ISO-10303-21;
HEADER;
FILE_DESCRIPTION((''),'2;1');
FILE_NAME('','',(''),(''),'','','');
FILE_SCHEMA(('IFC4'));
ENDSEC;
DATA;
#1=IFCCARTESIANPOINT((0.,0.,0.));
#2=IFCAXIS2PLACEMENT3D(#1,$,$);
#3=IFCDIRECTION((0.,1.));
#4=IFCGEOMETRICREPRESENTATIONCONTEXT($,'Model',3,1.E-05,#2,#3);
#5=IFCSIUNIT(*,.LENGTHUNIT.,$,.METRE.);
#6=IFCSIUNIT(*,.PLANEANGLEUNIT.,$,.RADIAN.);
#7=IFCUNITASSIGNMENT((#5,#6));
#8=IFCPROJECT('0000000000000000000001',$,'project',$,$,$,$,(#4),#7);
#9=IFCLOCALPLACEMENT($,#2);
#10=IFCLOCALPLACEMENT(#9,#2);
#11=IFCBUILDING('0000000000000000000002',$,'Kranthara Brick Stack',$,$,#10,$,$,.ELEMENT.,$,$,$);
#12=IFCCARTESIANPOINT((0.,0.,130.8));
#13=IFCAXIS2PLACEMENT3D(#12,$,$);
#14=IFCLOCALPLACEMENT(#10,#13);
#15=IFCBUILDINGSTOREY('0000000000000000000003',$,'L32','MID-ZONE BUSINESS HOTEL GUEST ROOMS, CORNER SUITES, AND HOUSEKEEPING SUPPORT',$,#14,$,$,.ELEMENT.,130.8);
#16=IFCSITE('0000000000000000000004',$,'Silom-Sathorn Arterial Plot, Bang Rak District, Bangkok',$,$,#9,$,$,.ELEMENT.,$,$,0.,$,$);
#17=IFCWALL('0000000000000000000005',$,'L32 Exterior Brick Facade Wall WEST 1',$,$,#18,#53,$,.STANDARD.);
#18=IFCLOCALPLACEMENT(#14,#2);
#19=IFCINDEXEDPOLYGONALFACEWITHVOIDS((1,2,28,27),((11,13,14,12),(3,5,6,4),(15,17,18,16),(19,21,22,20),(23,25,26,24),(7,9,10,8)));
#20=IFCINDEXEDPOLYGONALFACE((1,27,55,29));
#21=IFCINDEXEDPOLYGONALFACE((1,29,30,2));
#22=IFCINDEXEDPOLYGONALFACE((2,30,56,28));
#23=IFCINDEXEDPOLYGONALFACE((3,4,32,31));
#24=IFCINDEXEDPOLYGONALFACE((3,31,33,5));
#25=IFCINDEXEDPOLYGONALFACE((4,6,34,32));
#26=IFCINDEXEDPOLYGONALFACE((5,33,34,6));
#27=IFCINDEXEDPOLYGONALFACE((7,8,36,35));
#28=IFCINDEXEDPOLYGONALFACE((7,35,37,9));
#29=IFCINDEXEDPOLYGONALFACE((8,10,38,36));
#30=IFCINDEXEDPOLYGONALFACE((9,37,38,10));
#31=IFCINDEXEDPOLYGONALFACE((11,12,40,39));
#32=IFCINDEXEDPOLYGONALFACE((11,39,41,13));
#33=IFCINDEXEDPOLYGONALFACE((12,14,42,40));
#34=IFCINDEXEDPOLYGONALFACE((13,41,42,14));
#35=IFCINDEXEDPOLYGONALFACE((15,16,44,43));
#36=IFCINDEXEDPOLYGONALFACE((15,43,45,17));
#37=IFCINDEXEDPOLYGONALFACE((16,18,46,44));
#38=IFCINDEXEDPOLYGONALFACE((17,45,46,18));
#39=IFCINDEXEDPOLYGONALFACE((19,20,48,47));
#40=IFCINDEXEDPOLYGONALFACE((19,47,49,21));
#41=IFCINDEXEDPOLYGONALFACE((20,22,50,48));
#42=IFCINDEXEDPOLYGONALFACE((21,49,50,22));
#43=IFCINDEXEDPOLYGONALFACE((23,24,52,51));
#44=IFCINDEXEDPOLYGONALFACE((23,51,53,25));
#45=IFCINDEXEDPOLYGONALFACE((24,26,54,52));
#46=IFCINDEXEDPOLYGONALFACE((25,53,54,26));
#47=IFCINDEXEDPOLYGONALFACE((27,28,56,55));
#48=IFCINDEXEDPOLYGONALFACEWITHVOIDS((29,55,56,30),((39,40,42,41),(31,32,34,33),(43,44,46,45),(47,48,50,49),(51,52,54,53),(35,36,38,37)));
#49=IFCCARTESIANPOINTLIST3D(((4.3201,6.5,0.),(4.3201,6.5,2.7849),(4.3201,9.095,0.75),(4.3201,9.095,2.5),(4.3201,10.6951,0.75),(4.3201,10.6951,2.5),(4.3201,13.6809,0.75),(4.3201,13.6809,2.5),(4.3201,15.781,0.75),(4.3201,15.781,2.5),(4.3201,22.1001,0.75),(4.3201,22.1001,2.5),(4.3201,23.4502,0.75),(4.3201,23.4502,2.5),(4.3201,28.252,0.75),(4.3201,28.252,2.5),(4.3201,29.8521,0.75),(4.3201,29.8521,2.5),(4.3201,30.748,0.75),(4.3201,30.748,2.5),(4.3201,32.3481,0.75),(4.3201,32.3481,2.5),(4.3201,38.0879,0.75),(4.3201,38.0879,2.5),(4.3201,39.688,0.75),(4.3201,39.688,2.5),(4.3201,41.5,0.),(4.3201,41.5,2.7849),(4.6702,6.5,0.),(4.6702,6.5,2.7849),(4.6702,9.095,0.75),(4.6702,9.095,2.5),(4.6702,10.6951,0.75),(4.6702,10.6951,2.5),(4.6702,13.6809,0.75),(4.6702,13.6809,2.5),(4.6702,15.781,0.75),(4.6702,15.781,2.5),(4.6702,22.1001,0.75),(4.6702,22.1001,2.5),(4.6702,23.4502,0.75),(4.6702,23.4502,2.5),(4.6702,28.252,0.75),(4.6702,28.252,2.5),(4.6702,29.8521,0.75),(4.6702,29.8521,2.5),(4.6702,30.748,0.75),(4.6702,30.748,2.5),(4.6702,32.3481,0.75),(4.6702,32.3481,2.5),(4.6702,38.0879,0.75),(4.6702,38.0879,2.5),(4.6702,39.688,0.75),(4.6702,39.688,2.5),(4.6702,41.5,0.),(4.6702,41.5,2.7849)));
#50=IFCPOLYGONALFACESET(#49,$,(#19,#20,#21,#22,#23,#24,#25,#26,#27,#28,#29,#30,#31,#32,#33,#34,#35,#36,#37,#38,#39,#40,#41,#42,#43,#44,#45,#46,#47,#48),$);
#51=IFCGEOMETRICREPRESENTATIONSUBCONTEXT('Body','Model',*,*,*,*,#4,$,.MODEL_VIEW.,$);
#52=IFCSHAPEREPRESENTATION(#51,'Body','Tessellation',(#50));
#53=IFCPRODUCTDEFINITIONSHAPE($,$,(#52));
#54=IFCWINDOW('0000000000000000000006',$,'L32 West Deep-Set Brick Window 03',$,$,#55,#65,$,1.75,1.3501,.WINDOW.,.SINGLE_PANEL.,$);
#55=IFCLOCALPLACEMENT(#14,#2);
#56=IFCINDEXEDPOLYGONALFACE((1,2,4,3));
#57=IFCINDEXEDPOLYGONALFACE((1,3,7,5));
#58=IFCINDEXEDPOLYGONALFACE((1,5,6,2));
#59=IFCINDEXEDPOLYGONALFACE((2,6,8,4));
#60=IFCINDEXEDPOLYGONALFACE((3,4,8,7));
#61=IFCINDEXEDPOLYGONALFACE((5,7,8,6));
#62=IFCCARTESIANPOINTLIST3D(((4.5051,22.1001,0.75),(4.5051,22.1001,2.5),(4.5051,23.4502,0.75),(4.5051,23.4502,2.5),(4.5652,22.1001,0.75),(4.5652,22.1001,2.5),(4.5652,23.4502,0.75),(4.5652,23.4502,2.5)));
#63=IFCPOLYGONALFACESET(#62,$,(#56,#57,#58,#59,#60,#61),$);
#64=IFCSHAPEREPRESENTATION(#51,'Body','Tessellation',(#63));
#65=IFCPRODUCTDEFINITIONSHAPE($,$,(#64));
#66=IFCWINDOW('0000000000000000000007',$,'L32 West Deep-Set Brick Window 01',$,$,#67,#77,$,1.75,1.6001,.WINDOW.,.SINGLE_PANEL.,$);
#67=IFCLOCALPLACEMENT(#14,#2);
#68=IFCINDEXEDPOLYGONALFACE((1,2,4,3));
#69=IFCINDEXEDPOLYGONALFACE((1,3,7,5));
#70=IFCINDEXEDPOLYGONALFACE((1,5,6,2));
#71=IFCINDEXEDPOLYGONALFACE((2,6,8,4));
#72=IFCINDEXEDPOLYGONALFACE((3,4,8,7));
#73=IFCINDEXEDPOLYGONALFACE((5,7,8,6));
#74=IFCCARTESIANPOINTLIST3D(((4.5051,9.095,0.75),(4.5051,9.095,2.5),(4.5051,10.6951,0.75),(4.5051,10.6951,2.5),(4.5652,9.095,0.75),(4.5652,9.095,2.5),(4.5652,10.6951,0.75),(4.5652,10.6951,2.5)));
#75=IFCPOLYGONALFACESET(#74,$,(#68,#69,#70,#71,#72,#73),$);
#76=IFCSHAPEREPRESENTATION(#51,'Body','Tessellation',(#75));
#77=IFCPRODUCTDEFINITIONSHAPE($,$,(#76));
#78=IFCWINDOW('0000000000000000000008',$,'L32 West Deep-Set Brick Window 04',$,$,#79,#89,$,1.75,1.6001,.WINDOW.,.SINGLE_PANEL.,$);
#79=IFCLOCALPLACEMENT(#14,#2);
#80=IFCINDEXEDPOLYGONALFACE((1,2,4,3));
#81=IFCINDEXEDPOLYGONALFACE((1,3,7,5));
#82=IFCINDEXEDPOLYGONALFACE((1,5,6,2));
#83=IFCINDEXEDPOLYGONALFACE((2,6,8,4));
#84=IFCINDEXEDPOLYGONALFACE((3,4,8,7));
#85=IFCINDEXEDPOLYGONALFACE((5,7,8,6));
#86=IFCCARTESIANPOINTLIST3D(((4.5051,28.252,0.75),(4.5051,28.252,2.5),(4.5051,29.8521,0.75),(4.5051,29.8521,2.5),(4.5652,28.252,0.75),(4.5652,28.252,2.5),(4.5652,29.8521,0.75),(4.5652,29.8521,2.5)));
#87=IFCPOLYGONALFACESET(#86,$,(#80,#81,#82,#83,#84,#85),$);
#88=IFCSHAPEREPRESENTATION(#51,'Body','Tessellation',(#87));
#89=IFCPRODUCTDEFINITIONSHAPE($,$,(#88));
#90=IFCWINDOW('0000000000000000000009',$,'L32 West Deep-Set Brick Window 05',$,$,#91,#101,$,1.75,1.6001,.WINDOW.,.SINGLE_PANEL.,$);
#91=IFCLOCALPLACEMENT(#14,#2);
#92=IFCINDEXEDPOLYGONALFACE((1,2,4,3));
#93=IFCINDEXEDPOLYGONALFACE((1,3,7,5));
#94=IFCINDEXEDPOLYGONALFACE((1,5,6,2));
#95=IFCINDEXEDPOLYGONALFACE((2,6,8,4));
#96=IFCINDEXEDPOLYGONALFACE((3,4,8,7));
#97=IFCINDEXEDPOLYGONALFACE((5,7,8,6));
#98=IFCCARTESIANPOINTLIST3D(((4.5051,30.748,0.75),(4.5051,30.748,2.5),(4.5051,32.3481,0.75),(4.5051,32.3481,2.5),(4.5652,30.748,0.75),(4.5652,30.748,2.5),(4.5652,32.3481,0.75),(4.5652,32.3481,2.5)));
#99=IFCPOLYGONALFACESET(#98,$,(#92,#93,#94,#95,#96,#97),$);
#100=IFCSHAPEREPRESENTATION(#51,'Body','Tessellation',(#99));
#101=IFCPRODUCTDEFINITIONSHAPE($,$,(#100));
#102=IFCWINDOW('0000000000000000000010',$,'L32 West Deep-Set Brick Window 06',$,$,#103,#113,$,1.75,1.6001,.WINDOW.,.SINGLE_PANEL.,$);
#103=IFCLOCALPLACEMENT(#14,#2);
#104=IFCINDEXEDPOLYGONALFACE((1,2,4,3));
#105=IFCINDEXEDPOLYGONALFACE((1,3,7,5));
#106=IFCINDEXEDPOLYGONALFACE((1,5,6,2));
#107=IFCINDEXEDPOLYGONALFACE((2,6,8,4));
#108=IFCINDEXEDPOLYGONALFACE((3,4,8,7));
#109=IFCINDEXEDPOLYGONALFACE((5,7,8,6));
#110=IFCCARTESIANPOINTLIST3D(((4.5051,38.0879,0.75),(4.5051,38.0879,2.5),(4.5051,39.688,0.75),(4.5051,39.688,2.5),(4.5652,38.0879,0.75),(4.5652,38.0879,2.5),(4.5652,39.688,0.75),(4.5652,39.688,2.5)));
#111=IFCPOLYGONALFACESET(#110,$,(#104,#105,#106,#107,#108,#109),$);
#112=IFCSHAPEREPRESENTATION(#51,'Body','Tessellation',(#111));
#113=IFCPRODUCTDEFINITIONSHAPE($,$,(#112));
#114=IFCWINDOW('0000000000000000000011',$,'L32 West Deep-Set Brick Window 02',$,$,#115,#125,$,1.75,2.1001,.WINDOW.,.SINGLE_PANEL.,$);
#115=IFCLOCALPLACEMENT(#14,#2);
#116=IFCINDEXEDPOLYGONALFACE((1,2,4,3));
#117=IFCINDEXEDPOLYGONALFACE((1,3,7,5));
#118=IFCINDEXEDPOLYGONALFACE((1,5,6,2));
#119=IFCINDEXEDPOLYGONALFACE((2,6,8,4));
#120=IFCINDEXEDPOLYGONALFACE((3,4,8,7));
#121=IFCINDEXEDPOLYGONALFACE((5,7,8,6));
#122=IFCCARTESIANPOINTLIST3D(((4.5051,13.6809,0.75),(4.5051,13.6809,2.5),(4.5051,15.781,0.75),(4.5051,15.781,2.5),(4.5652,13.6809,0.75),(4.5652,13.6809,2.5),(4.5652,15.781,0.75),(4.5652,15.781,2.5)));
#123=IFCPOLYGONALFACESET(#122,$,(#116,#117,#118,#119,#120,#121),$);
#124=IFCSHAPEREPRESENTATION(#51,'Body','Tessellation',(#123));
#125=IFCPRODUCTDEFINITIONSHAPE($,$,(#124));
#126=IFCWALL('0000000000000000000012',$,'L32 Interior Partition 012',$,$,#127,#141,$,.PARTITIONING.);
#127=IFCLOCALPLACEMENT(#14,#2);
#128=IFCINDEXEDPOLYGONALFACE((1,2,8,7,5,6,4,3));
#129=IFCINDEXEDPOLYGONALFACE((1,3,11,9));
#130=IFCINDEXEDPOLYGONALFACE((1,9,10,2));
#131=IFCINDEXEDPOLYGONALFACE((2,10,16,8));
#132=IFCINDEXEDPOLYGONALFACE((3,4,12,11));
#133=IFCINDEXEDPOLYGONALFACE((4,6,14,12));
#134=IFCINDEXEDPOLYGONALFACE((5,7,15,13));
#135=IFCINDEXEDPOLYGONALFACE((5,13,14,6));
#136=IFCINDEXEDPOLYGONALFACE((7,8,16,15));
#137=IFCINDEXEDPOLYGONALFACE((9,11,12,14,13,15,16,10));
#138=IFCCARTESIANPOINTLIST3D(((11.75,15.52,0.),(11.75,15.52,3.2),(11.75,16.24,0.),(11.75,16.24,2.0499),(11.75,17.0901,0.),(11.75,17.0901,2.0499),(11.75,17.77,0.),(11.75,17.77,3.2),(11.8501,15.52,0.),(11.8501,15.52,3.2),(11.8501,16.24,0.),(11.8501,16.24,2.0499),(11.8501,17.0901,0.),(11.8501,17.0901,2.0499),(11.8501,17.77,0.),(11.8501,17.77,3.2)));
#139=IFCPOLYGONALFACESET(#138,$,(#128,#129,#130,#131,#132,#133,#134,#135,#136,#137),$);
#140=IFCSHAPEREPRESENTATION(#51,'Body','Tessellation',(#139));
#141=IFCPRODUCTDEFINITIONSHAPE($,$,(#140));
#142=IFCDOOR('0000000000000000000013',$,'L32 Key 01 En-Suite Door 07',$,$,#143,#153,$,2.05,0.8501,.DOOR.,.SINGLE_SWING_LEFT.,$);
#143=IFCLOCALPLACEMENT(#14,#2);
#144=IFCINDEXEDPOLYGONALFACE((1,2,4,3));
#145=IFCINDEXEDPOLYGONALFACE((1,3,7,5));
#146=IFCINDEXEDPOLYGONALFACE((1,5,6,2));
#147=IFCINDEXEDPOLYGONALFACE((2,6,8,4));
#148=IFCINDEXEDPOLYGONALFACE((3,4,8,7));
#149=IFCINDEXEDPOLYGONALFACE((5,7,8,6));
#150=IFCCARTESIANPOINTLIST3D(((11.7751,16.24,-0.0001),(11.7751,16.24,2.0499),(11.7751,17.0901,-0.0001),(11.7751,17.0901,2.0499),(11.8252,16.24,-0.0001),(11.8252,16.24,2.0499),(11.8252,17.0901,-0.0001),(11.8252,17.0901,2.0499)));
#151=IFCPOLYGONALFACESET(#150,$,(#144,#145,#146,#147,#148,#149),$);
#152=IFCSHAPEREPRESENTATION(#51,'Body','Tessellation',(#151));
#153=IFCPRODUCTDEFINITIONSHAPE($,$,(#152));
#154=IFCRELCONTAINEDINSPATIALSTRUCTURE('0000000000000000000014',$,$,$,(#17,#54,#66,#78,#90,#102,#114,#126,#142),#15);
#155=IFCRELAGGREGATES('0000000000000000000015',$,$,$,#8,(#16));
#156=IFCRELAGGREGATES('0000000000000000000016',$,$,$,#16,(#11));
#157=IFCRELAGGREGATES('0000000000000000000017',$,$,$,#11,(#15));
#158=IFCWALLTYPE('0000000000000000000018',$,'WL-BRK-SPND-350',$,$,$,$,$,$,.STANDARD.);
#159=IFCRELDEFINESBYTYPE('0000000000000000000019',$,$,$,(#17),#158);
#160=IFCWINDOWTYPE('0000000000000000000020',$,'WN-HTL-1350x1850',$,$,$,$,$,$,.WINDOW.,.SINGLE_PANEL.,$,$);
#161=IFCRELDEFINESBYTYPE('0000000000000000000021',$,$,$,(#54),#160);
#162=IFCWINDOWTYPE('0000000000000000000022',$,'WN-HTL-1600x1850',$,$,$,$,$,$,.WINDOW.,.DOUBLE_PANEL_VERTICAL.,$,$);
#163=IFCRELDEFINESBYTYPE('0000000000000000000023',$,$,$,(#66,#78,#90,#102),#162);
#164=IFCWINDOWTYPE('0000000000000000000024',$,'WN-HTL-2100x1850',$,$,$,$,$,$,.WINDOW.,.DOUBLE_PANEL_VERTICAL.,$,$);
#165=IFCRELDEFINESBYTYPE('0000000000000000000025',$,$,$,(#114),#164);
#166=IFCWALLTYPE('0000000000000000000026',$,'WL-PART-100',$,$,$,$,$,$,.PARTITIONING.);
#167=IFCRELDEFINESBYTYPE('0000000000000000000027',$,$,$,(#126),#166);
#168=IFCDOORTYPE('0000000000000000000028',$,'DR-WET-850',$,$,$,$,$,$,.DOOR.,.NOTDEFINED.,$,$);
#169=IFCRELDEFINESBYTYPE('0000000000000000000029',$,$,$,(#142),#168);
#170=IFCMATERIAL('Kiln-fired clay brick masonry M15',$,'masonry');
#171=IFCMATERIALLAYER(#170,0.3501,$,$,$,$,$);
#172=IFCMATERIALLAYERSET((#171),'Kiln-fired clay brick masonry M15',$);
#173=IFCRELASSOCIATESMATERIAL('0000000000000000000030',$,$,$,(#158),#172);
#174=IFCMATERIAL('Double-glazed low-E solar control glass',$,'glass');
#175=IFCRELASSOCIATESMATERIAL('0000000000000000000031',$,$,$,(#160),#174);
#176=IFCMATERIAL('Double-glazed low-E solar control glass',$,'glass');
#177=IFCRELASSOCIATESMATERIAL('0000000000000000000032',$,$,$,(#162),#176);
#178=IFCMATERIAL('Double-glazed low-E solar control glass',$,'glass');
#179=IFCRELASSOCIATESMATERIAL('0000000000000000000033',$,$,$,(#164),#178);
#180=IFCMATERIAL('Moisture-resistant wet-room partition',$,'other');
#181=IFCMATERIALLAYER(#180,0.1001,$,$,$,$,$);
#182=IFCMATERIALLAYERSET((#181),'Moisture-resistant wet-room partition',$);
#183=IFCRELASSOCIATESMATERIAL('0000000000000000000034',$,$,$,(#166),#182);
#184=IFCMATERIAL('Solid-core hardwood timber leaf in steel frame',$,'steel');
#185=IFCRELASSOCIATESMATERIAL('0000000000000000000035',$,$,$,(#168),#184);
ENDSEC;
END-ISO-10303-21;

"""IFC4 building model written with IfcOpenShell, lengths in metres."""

from ifc_helpers import new_model, si_unit, direction, frame, frame_2d, origin, place, context, subcontext, project, spatial, rectangle, extrude, material, layer, layer_set, type_object, element, fill, save


model = new_model("IFC4")

# Units and contexts
model_context = context("Model", 3, precision=1e-05, world=origin(), true_north=direction((0.0, 1.0)))
body_context = subcontext(model_context, "Body", "Model", "MODEL_VIEW")
ifc_project = project(units=[si_unit("LENGTHUNIT", "METRE"), si_unit("PLANEANGLEUNIT", "RADIAN")], contexts=[model_context])

# Site, building, storey
site_placement = place(None, origin())
site = spatial("IfcSite", under=ifc_project, at=site_placement, Name="Silom-Sathorn Arterial Plot, Bang Rak District, Bangkok", CompositionType="ELEMENT", RefElevation=0.0)
building_placement = place(site_placement, origin())
building = spatial("IfcBuilding", under=site, at=building_placement, Name="Kranthara Brick Stack", CompositionType="ELEMENT")
storey_placement = place(building_placement, frame((0.0, 0.0, 130.8)))
storey = spatial("IfcBuildingStorey", under=building, at=storey_placement, Name="L32", Description="MID-ZONE BUSINESS HOTEL GUEST ROOMS, CORNER SUITES, AND HOUSEKEEPING SUPPORT", CompositionType="ELEMENT", Elevation=130.8)

# Wall, openings, windows
ifc_material_1 = material(Name="Kiln-fired clay brick masonry M15", Category="masonry")
ifc_layer_1 = layer(ifc_material_1, 0.3501)
ifc_layer_set_1 = layer_set([ifc_layer_1], Name="Kiln-fired clay brick masonry M15")
wall_type_1 = type_object("IfcWallType", Name="WL-BRK-SPND-350", PredefinedType="STANDARD", material=ifc_layer_set_1)
wall_1_placement = place(storey_placement, frame((4.4951, 6.5, 0.0), z_axis=(0.0, 0.0, 1.0), x_axis=(0.0, 1.0, 0.0)))
wall_1 = element("IfcWall", 1, at=wall_1_placement, inside=storey, type_object=wall_type_1, Name="L32 Exterior Brick Facade Wall WEST 1", PredefinedType="STANDARD", context=body_context, shape_type="SweptSolid", body=[
    extrude(rectangle(XDim=35.0, YDim=0.3501, at=frame_2d((17.5, 0.0))), origin(), (0.0, 0.0, 1.0), 2.7849),
])
opening_1_placement = place(wall_1_placement, frame((2.595, 0.0, 0.75)))
opening_1 = element("IfcOpeningElement", 2, at=opening_1_placement, cuts=wall_1, PredefinedType="OPENING", context=body_context, shape_type="SweptSolid", body=[
    extrude(rectangle(XDim=1.6001, YDim=1.75, at=frame_2d((0.8, 0.875))), frame((0.0, 0.1851, 0.0), z_axis=(0.0, -1.0, 0.0), x_axis=(1.0, 0.0, 0.0)), (0.0, 0.0, 1.0), 0.3701),
])
opening_2_placement = place(wall_1_placement, frame((7.1809, 0.0, 0.75)))
opening_2 = element("IfcOpeningElement", 3, at=opening_2_placement, cuts=wall_1, PredefinedType="OPENING", context=body_context, shape_type="SweptSolid", body=[
    extrude(rectangle(XDim=2.1001, YDim=1.75, at=frame_2d((1.05, 0.875))), frame((0.0, 0.1851, 0.0), z_axis=(0.0, -1.0, 0.0), x_axis=(1.0, 0.0, 0.0)), (0.0, 0.0, 1.0), 0.3701),
])
opening_3_placement = place(wall_1_placement, frame((15.6001, 0.0, 0.75)))
opening_3 = element("IfcOpeningElement", 4, at=opening_3_placement, cuts=wall_1, PredefinedType="OPENING", context=body_context, shape_type="SweptSolid", body=[
    extrude(rectangle(XDim=1.3501, YDim=1.75, at=frame_2d((0.675, 0.875))), frame((0.0, 0.1851, 0.0), z_axis=(0.0, -1.0, 0.0), x_axis=(1.0, 0.0, 0.0)), (0.0, 0.0, 1.0), 0.3701),
])
opening_4_placement = place(wall_1_placement, frame((21.752, 0.0, 0.75)))
opening_4 = element("IfcOpeningElement", 5, at=opening_4_placement, cuts=wall_1, PredefinedType="OPENING", context=body_context, shape_type="SweptSolid", body=[
    extrude(rectangle(XDim=1.6001, YDim=1.75, at=frame_2d((0.8, 0.875))), frame((0.0, 0.1851, 0.0), z_axis=(0.0, -1.0, 0.0), x_axis=(1.0, 0.0, 0.0)), (0.0, 0.0, 1.0), 0.3701),
])
opening_5_placement = place(wall_1_placement, frame((24.248, 0.0, 0.75)))
opening_5 = element("IfcOpeningElement", 6, at=opening_5_placement, cuts=wall_1, PredefinedType="OPENING", context=body_context, shape_type="SweptSolid", body=[
    extrude(rectangle(XDim=1.6001, YDim=1.75, at=frame_2d((0.8, 0.875))), frame((0.0, 0.1851, 0.0), z_axis=(0.0, -1.0, 0.0), x_axis=(1.0, 0.0, 0.0)), (0.0, 0.0, 1.0), 0.3701),
])
opening_6_placement = place(wall_1_placement, frame((31.5879, 0.0, 0.75)))
opening_6 = element("IfcOpeningElement", 7, at=opening_6_placement, cuts=wall_1, PredefinedType="OPENING", context=body_context, shape_type="SweptSolid", body=[
    extrude(rectangle(XDim=1.6001, YDim=1.75, at=frame_2d((0.8, 0.875))), frame((0.0, 0.1851, 0.0), z_axis=(0.0, -1.0, 0.0), x_axis=(1.0, 0.0, 0.0)), (0.0, 0.0, 1.0), 0.3701),
])
ifc_material_2 = material(Name="Double-glazed low-E solar control glass", Category="glass")
window_type_1 = type_object("IfcWindowType", Name="WN-HTL-1350x1850", PartitioningType="SINGLE_PANEL", PredefinedType="WINDOW", material=ifc_material_2)
window_1_placement = place(opening_3_placement, origin())
window_1 = element("IfcWindow", 8, at=window_1_placement, inside=storey, type_object=window_type_1, Name="L32 West Deep-Set Brick Window 03", OverallHeight=1.75, OverallWidth=1.3501, PartitioningType="SINGLE_PANEL", PredefinedType="WINDOW", context=body_context, shape_type="SweptSolid", body=[
    extrude(rectangle(XDim=1.3501, YDim=1.75, at=frame_2d((0.675, 0.875))), frame((0.0, -0.01, 0.0), z_axis=(0.0, -1.0, 0.0), x_axis=(1.0, 0.0, 0.0)), (0.0, 0.0, 1.0), 0.0601),
])
fill(opening_3, window_1)
ifc_material_3 = material(Name="Double-glazed low-E solar control glass", Category="glass")
window_type_2 = type_object("IfcWindowType", Name="WN-HTL-1600x1850", PartitioningType="DOUBLE_PANEL_VERTICAL", PredefinedType="WINDOW", material=ifc_material_3)
window_2_placement = place(opening_1_placement, origin())
window_2 = element("IfcWindow", 9, at=window_2_placement, inside=storey, type_object=window_type_2, Name="L32 West Deep-Set Brick Window 01", OverallHeight=1.75, OverallWidth=1.6001, PartitioningType="SINGLE_PANEL", PredefinedType="WINDOW", context=body_context, shape_type="SweptSolid", body=[
    extrude(rectangle(XDim=1.6001, YDim=1.75, at=frame_2d((0.8, 0.875))), frame((0.0, -0.01, 0.0), z_axis=(0.0, -1.0, 0.0), x_axis=(1.0, 0.0, 0.0)), (0.0, 0.0, 1.0), 0.0601),
])
fill(opening_1, window_2)
window_3_placement = place(opening_4_placement, origin())
window_3 = element("IfcWindow", 10, at=window_3_placement, inside=storey, type_object=window_type_2, Name="L32 West Deep-Set Brick Window 04", OverallHeight=1.75, OverallWidth=1.6001, PartitioningType="SINGLE_PANEL", PredefinedType="WINDOW", context=body_context, shape_type="SweptSolid", body=[
    extrude(rectangle(XDim=1.6001, YDim=1.75, at=frame_2d((0.8, 0.875))), frame((0.0, -0.01, 0.0), z_axis=(0.0, -1.0, 0.0), x_axis=(1.0, 0.0, 0.0)), (0.0, 0.0, 1.0), 0.0601),
])
fill(opening_4, window_3)
window_4_placement = place(opening_5_placement, origin())
window_4 = element("IfcWindow", 11, at=window_4_placement, inside=storey, type_object=window_type_2, Name="L32 West Deep-Set Brick Window 05", OverallHeight=1.75, OverallWidth=1.6001, PartitioningType="SINGLE_PANEL", PredefinedType="WINDOW", context=body_context, shape_type="SweptSolid", body=[
    extrude(rectangle(XDim=1.6001, YDim=1.75, at=frame_2d((0.8, 0.875))), frame((0.0, -0.01, 0.0), z_axis=(0.0, -1.0, 0.0), x_axis=(1.0, 0.0, 0.0)), (0.0, 0.0, 1.0), 0.0601),
])
fill(opening_5, window_4)
window_5_placement = place(opening_6_placement, origin())
window_5 = element("IfcWindow", 12, at=window_5_placement, inside=storey, type_object=window_type_2, Name="L32 West Deep-Set Brick Window 06", OverallHeight=1.75, OverallWidth=1.6001, PartitioningType="SINGLE_PANEL", PredefinedType="WINDOW", context=body_context, shape_type="SweptSolid", body=[
    extrude(rectangle(XDim=1.6001, YDim=1.75, at=frame_2d((0.8, 0.875))), frame((0.0, -0.01, 0.0), z_axis=(0.0, -1.0, 0.0), x_axis=(1.0, 0.0, 0.0)), (0.0, 0.0, 1.0), 0.0601),
])
fill(opening_6, window_5)
ifc_material_4 = material(Name="Double-glazed low-E solar control glass", Category="glass")
window_type_3 = type_object("IfcWindowType", Name="WN-HTL-2100x1850", PartitioningType="DOUBLE_PANEL_VERTICAL", PredefinedType="WINDOW", material=ifc_material_4)
window_6_placement = place(opening_2_placement, origin())
window_6 = element("IfcWindow", 13, at=window_6_placement, inside=storey, type_object=window_type_3, Name="L32 West Deep-Set Brick Window 02", OverallHeight=1.75, OverallWidth=2.1001, PartitioningType="SINGLE_PANEL", PredefinedType="WINDOW", context=body_context, shape_type="SweptSolid", body=[
    extrude(rectangle(XDim=2.1001, YDim=1.75, at=frame_2d((1.05, 0.875))), frame((0.0, -0.01, 0.0), z_axis=(0.0, -1.0, 0.0), x_axis=(1.0, 0.0, 0.0)), (0.0, 0.0, 1.0), 0.0601),
])
fill(opening_2, window_6)

# Wall, opening, door
ifc_material_5 = material(Name="Moisture-resistant wet-room partition", Category="other")
ifc_layer_2 = layer(ifc_material_5, 0.1001)
ifc_layer_set_2 = layer_set([ifc_layer_2], Name="Moisture-resistant wet-room partition")
wall_type_2 = type_object("IfcWallType", Name="WL-PART-100", PredefinedType="PARTITIONING", material=ifc_layer_set_2)
wall_2_placement = place(storey_placement, frame((11.8, 15.52, 0.0), z_axis=(0.0, 0.0, 1.0), x_axis=(0.0, 1.0, 0.0)))
wall_2 = element("IfcWall", 14, at=wall_2_placement, inside=storey, type_object=wall_type_2, Name="L32 Interior Partition 012", PredefinedType="PARTITIONING", context=body_context, shape_type="SweptSolid", body=[
    extrude(rectangle(XDim=2.25, YDim=0.1001, at=frame_2d((1.125, 0.0))), origin(), (0.0, 0.0, 1.0), 3.2),
])
opening_7_placement = place(wall_2_placement, frame((0.72, 0.0, 0.0)))
opening_7 = element("IfcOpeningElement", 15, at=opening_7_placement, cuts=wall_2, PredefinedType="OPENING", context=body_context, shape_type="SweptSolid", body=[
    extrude(rectangle(XDim=0.8501, YDim=2.05, at=frame_2d((0.425, 1.0249))), frame((0.0, 0.0601, 0.0), z_axis=(0.0, -1.0, 0.0), x_axis=(1.0, 0.0, 0.0)), (0.0, 0.0, 1.0), 0.1201),
])
ifc_material_6 = material(Name="Solid-core hardwood timber leaf in steel frame", Category="steel")
door_type_1 = type_object("IfcDoorType", Name="DR-WET-850", OperationType="NOTDEFINED", PredefinedType="DOOR", material=ifc_material_6)
door_1_placement = place(opening_7_placement, origin())
door_1 = element("IfcDoor", 16, at=door_1_placement, inside=storey, type_object=door_type_1, Name="L32 Key 01 En-Suite Door 07", OperationType="SINGLE_SWING_LEFT", OverallHeight=2.05, OverallWidth=0.8501, PredefinedType="DOOR", context=body_context, shape_type="SweptSolid", body=[
    extrude(rectangle(XDim=0.8501, YDim=2.05, at=frame_2d((0.425, 1.0249))), frame((0.0, 0.0249, 0.0), z_axis=(0.0, -1.0, 0.0), x_axis=(1.0, 0.0, 0.0)), (0.0, 0.0, 1.0), 0.05),
])
fill(opening_7, door_1)

save(model, "model.ifc")
